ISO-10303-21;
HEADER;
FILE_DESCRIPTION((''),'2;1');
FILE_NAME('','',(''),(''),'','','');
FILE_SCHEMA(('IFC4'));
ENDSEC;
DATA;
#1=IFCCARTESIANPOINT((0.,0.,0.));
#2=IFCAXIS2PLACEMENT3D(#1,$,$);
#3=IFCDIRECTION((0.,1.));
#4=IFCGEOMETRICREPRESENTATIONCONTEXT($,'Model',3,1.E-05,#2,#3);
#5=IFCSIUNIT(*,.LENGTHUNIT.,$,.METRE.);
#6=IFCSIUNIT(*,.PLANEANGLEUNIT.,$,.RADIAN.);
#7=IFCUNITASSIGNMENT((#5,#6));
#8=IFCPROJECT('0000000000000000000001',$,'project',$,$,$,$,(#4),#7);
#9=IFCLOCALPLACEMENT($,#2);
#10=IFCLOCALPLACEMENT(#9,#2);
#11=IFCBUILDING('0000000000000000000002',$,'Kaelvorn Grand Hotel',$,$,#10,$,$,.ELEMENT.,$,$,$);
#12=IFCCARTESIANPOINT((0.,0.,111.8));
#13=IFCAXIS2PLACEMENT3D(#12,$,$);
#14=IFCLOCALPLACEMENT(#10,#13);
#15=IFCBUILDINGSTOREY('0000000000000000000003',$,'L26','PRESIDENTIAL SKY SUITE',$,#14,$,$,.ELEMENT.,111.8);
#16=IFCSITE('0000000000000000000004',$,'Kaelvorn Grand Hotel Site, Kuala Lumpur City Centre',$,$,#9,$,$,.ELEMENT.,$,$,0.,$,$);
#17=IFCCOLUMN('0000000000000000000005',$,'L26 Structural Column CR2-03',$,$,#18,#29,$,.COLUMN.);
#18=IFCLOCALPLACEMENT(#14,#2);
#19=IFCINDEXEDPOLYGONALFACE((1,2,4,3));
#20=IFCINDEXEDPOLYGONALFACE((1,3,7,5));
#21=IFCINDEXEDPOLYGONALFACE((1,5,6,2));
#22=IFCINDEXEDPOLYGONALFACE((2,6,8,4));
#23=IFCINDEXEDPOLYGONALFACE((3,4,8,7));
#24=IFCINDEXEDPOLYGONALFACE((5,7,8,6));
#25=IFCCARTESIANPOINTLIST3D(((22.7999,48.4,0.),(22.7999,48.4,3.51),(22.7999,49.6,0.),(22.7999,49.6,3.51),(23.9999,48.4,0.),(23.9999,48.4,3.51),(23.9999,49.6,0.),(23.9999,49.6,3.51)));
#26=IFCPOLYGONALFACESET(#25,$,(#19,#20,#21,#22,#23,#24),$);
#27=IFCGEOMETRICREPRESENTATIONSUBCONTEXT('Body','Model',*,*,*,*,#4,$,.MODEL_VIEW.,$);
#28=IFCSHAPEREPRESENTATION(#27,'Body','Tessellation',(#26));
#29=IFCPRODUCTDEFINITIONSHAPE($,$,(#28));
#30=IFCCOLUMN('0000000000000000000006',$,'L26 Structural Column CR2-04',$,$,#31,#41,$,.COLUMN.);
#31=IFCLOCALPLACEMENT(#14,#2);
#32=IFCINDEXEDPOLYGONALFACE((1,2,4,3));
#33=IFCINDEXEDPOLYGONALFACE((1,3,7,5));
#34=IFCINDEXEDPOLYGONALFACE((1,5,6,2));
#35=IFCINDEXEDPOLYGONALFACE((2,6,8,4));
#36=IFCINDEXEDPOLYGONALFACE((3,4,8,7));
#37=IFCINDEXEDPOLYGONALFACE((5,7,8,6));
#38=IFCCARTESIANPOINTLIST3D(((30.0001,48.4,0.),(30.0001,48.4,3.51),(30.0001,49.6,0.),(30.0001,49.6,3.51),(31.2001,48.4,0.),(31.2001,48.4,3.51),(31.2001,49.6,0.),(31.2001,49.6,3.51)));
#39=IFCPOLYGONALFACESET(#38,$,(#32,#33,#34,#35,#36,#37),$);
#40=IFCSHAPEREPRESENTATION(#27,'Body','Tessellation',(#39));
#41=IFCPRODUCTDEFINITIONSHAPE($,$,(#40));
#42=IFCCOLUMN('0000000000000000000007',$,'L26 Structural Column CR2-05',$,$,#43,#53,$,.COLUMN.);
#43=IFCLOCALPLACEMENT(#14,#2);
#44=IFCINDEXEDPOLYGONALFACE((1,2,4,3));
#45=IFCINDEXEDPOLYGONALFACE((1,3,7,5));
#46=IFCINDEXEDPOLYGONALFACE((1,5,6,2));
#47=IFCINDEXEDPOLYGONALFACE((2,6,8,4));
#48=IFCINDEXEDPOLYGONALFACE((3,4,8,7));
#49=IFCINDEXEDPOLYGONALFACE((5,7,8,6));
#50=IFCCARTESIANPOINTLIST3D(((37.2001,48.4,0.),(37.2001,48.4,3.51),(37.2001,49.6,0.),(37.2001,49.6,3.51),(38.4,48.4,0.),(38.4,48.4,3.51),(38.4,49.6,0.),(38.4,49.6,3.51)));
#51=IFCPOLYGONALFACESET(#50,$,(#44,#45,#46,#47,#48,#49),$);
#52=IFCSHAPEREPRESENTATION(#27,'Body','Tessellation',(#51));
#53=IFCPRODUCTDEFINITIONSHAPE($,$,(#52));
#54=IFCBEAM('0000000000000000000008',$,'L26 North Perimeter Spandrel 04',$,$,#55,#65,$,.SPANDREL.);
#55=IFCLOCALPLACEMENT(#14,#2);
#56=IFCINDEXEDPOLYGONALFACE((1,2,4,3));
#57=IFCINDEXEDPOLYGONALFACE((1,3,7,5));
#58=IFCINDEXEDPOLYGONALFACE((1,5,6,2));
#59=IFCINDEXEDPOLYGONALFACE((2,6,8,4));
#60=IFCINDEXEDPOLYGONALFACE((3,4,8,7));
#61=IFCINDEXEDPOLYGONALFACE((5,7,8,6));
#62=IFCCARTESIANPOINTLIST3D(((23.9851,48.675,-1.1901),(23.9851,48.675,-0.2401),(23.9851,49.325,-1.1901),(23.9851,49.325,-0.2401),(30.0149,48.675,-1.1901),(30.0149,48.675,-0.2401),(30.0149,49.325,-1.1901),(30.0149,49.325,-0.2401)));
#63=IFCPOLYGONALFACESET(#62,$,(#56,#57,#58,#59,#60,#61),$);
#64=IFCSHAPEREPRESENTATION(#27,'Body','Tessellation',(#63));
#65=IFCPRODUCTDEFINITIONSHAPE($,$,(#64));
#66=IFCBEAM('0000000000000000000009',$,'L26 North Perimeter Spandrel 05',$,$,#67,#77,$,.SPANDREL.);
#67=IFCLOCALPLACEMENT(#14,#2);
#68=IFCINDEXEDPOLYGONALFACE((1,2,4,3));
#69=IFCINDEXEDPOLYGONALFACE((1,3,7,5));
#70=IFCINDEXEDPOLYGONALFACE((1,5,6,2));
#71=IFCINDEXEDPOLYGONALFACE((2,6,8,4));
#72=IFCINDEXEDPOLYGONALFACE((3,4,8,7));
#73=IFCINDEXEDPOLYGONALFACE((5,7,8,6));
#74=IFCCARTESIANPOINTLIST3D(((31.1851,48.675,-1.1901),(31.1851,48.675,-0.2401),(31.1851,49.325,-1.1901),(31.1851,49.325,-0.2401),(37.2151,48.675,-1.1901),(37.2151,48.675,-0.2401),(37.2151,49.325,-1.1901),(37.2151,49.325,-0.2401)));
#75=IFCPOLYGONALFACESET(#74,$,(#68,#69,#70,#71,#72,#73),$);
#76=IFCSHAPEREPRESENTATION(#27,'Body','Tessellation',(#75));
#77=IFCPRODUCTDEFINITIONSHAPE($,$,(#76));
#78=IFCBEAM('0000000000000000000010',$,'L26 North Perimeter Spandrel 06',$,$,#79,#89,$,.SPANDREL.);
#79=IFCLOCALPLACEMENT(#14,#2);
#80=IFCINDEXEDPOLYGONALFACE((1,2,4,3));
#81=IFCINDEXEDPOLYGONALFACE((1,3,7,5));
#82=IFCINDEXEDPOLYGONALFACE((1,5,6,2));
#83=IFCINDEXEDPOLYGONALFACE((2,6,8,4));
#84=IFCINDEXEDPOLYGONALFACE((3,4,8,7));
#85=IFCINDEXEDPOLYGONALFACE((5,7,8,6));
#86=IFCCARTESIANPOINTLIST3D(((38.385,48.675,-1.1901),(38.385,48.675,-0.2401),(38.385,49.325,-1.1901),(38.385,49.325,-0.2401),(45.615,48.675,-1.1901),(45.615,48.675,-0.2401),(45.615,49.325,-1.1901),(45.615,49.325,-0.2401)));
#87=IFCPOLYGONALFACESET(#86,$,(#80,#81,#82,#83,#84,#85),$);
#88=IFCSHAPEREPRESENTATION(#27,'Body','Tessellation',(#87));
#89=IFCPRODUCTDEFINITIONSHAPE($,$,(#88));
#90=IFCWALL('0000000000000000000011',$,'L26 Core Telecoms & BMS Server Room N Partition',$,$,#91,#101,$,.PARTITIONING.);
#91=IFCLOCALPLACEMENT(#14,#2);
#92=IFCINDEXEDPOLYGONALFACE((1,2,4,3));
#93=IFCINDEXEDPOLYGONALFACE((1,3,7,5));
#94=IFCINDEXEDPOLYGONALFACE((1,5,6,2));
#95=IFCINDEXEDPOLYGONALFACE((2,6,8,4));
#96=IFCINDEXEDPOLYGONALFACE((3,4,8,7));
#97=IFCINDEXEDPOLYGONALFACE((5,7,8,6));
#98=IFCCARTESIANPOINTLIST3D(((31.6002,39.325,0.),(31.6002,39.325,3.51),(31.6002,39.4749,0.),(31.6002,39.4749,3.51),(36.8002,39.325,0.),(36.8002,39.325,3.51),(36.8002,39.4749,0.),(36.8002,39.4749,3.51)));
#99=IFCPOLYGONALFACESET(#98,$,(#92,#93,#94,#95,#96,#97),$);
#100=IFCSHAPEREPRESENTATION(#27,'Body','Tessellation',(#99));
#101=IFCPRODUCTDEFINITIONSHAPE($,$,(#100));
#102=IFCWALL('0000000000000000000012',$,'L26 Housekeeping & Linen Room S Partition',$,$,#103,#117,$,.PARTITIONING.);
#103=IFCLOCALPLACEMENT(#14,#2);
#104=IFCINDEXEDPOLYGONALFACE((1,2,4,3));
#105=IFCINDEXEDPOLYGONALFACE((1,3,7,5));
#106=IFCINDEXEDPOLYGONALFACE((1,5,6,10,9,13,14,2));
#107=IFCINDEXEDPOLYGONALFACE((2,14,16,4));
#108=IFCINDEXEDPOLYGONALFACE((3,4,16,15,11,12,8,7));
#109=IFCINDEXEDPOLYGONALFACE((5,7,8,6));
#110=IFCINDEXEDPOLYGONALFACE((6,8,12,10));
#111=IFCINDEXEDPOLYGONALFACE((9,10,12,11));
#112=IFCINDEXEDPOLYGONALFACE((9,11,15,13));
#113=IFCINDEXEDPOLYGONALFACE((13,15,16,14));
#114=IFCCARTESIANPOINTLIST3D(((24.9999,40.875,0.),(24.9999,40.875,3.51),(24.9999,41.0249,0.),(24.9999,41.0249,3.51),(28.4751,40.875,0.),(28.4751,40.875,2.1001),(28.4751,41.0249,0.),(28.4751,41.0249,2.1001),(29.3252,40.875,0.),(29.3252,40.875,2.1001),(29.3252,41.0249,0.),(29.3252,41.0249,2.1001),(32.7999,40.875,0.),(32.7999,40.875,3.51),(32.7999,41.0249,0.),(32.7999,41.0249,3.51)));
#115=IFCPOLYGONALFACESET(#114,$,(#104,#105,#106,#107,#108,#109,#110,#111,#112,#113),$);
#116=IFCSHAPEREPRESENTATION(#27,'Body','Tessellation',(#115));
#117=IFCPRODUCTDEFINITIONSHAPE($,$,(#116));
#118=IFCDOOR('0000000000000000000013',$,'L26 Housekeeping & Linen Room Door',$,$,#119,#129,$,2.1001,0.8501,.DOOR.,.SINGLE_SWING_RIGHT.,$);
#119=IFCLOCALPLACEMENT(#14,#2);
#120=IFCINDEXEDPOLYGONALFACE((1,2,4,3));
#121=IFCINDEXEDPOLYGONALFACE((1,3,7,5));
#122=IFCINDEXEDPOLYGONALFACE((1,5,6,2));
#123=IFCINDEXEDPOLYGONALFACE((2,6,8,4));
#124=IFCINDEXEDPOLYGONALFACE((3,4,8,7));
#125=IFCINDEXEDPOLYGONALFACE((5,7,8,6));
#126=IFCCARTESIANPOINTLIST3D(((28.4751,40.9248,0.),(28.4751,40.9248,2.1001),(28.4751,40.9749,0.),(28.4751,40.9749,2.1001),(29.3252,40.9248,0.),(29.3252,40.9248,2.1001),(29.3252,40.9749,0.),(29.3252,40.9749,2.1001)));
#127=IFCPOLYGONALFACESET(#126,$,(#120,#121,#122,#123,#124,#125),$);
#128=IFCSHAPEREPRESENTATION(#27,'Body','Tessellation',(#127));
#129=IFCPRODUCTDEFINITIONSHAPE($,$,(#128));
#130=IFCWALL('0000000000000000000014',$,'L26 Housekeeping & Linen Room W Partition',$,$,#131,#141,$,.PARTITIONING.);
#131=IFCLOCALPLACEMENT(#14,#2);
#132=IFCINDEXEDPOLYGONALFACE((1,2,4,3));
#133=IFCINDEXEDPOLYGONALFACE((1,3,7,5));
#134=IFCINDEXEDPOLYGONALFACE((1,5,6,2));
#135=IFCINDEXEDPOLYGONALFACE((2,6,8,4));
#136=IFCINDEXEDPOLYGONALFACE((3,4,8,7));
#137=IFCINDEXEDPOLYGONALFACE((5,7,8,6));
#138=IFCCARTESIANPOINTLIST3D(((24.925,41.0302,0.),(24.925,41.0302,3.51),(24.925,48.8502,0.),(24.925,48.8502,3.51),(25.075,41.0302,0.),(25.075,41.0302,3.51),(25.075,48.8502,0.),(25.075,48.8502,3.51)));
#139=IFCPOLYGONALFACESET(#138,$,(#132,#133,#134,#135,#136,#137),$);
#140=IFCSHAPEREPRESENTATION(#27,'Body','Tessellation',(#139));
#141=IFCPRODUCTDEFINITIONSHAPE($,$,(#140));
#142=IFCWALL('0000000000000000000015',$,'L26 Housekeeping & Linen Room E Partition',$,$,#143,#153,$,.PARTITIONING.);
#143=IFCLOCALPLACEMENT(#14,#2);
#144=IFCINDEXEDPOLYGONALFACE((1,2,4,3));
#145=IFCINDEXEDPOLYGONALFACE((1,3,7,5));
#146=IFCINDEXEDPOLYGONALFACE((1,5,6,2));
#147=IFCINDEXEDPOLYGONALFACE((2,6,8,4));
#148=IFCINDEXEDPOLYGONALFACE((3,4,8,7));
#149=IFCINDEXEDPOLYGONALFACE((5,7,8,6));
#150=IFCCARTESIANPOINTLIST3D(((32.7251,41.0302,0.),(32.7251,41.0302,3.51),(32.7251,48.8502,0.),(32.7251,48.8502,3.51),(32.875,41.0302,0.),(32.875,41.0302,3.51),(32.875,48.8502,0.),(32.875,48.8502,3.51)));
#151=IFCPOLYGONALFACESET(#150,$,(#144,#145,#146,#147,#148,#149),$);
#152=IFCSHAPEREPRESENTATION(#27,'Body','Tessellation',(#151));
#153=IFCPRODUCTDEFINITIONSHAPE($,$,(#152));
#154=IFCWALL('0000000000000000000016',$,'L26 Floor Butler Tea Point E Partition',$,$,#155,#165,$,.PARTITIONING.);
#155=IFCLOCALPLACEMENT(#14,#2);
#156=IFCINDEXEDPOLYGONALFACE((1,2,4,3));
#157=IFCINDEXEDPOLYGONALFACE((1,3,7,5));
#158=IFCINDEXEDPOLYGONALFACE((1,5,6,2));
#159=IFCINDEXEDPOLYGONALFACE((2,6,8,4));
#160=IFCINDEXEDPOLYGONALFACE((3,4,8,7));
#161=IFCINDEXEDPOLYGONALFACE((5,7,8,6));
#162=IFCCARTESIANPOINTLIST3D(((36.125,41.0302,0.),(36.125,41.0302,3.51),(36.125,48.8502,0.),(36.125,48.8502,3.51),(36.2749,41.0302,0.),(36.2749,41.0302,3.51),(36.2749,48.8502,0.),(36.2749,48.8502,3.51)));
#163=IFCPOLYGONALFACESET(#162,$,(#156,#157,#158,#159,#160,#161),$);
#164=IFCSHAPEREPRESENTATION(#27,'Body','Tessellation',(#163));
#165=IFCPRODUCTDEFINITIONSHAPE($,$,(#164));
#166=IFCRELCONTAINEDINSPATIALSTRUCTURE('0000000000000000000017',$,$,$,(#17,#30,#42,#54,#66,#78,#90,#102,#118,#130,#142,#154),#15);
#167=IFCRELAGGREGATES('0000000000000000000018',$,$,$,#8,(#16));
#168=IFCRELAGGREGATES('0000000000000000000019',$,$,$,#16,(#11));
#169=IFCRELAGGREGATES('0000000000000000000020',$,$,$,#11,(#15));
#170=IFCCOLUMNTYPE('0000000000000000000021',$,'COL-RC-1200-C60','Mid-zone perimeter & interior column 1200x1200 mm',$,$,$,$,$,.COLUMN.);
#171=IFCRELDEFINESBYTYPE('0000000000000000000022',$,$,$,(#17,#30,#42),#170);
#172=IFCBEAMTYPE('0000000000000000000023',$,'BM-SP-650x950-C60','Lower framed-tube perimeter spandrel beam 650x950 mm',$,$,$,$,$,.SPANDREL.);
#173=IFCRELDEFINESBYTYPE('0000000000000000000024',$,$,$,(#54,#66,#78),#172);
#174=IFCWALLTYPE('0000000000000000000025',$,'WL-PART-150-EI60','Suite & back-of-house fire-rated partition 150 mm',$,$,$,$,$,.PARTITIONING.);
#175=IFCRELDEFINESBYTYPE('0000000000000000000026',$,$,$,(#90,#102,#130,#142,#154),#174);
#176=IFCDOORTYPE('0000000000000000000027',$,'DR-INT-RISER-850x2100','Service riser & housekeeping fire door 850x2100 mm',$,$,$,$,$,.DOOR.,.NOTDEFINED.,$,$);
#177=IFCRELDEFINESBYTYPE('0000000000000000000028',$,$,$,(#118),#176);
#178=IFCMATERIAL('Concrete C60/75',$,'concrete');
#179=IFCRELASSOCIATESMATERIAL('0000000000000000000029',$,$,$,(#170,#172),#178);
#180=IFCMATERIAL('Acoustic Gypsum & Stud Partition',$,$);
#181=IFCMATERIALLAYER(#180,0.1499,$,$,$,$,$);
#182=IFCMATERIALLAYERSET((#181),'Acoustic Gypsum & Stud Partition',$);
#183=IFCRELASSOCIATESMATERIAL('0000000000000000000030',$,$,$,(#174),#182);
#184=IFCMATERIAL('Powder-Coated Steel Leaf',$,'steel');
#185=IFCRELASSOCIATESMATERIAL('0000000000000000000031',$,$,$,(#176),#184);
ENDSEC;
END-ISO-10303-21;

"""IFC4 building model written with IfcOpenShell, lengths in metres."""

from ifc_helpers import new_model, si_unit, direction, frame, frame_2d, origin, origin_2d, place, context, subcontext, project, spatial, rectangle, extrude, material, layer, layer_set, material_profile, profile_set, type_object, element, fill, save


model = new_model("IFC4")

# Units and contexts
model_context = context("Model", 3, precision=1e-05, world=origin(), true_north=direction((0.0, 1.0)))
body_context = subcontext(model_context, "Body", "Model", "MODEL_VIEW")
ifc_project = project(units=[si_unit("LENGTHUNIT", "METRE"), si_unit("PLANEANGLEUNIT", "RADIAN")], contexts=[model_context])

# Site, building, storey
site_placement = place(None, origin())
site = spatial("IfcSite", under=ifc_project, at=site_placement, Name="Kaelvorn Grand Hotel Site, Kuala Lumpur City Centre", CompositionType="ELEMENT", RefElevation=0.0)
building_placement = place(site_placement, origin())
building = spatial("IfcBuilding", under=site, at=building_placement, Name="Kaelvorn Grand Hotel", CompositionType="ELEMENT")
storey_placement = place(building_placement, frame((0.0, 0.0, 111.8)))
storey = spatial("IfcBuildingStorey", under=building, at=storey_placement, Name="L26", Description="PRESIDENTIAL SKY SUITE", CompositionType="ELEMENT", Elevation=111.8)

# Columns
ifc_material_1 = material(Name="Concrete C60/75", Category="concrete")
ifc_material_profile_1 = material_profile(ifc_material_1, rectangle(XDim=1.2, YDim=1.2, at=origin_2d()), Name="RC COL 1200x1200")
ifc_profile_set_1 = profile_set([ifc_material_profile_1], Name="Concrete C60/75")
column_type = type_object("IfcColumnType", Name="COL-RC-1200-C60", Description="Mid-zone perimeter & interior column 1200x1200 mm", PredefinedType="COLUMN", material=ifc_profile_set_1)
for number, where, z_axis, x_axis, name in (
    (1, (23.3999, 49.0, 0.0), (0.0, 0.0, 1.0), (1.0, 0.0, 0.0), "L26 Structural Column CR2-03"),
    (2, (30.6001, 49.0, 0.0), (0.0, 0.0, 1.0), (1.0, 0.0, 0.0), "L26 Structural Column CR2-04"),
    (3, (37.8, 49.0, 0.0), (0.0, 0.0, 1.0), (1.0, 0.0, 0.0), "L26 Structural Column CR2-05"),
):
    element("IfcColumn", number, at=place(storey_placement, frame(where, z_axis=z_axis, x_axis=x_axis)), inside=storey, type_object=column_type, Name=name, PredefinedType="COLUMN", context=body_context, shape_type="SweptSolid", body=[
        extrude(rectangle(XDim=1.2, YDim=1.2, at=origin_2d()), origin(), (0.0, 0.0, 1.0), 3.51),
    ])

# Beams
ifc_material_profile_2 = material_profile(ifc_material_1, rectangle(XDim=0.6499, YDim=0.95, at=origin_2d()), Name="RC SPANDREL 650x950")
ifc_profile_set_2 = profile_set([ifc_material_profile_2], Name="Concrete C60/75")
beam_type = type_object("IfcBeamType", Name="BM-SP-650x950-C60", Description="Lower framed-tube perimeter spandrel beam 650x950 mm", PredefinedType="SPANDREL", material=ifc_profile_set_2)
beam_1_placement = place(storey_placement, frame((23.9851, 49.0, -0.7151), z_axis=(1.0, 0.0, 0.0), x_axis=(0.0, 1.0, 0.0)))
element("IfcBeam", 4, at=beam_1_placement, inside=storey, type_object=beam_type, Name="L26 North Perimeter Spandrel 04", PredefinedType="SPANDREL", context=body_context, shape_type="SweptSolid", body=[
    extrude(rectangle(XDim=0.6499, YDim=0.95, at=origin_2d()), origin(), (0.0, 0.0, 1.0), 6.0298),
])
beam_2_placement = place(storey_placement, frame((31.1851, 49.0, -0.7151), z_axis=(1.0, 0.0, 0.0), x_axis=(0.0, 1.0, 0.0)))
element("IfcBeam", 5, at=beam_2_placement, inside=storey, type_object=beam_type, Name="L26 North Perimeter Spandrel 05", PredefinedType="SPANDREL", context=body_context, shape_type="SweptSolid", body=[
    extrude(rectangle(XDim=0.6499, YDim=0.95, at=origin_2d()), origin(), (0.0, 0.0, 1.0), 6.03),
])
beam_3_placement = place(storey_placement, frame((38.385, 49.0, -0.7151), z_axis=(1.0, 0.0, 0.0), x_axis=(0.0, 1.0, 0.0)))
element("IfcBeam", 6, at=beam_3_placement, inside=storey, type_object=beam_type, Name="L26 North Perimeter Spandrel 06", PredefinedType="SPANDREL", context=body_context, shape_type="SweptSolid", body=[
    extrude(rectangle(XDim=0.6499, YDim=0.95, at=origin_2d()), origin(), (0.0, 0.0, 1.0), 7.23),
])

# Wall
ifc_material_2 = material(Name="Acoustic Gypsum & Stud Partition")
ifc_layer_1 = layer(ifc_material_2, 0.1499)
ifc_layer_set_1 = layer_set([ifc_layer_1], Name="Acoustic Gypsum & Stud Partition")
wall_type_1 = type_object("IfcWallType", Name="WL-PART-150-EI60", Description="Suite & back-of-house fire-rated partition 150 mm", PredefinedType="PARTITIONING", material=ifc_layer_set_1)
wall_1_placement = place(storey_placement, frame((31.6001, 39.3999, 0.0), z_axis=(0.0, 0.0, 1.0), x_axis=(1.0, 0.0, 0.0)))
element("IfcWall", 7, at=wall_1_placement, inside=storey, type_object=wall_type_1, Name="L26 Core Telecoms & BMS Server Room N Partition", PredefinedType="PARTITIONING", context=body_context, shape_type="SweptSolid", body=[
    extrude(rectangle(XDim=5.2, YDim=0.1499, at=frame_2d((2.6001, 0.0))), origin(), (0.0, 0.0, 1.0), 3.51),
])

# Wall, opening, door
wall_2_placement = place(storey_placement, frame((25.0, 40.95, 0.0), z_axis=(0.0, 0.0, 1.0), x_axis=(1.0, 0.0, 0.0)))
wall_2 = element("IfcWall", 8, at=wall_2_placement, inside=storey, type_object=wall_type_1, Name="L26 Housekeeping & Linen Room S Partition", PredefinedType="PARTITIONING", context=body_context, shape_type="SweptSolid", body=[
    extrude(rectangle(XDim=7.8, YDim=0.1499, at=frame_2d((3.8999, 0.0))), origin(), (0.0, 0.0, 1.0), 3.51),
])
opening_1_placement = place(wall_2_placement, frame((3.4751, 0.0, 0.0)))
opening_1 = element("IfcOpeningElement", 9, at=opening_1_placement, cuts=wall_2, PredefinedType="OPENING", context=body_context, shape_type="SweptSolid", body=[
    extrude(rectangle(XDim=0.8501, YDim=2.1001, at=frame_2d((0.425, 1.05))), frame((0.0, 0.085, 0.0), z_axis=(0.0, -1.0, 0.0), x_axis=(1.0, 0.0, 0.0)), (0.0, 0.0, 1.0), 0.1699),
])
ifc_material_3 = material(Name="Powder-Coated Steel Leaf", Category="steel")
door_type_1 = type_object("IfcDoorType", Name="DR-INT-RISER-850x2100", Description="Service riser & housekeeping fire door 850x2100 mm", OperationType="NOTDEFINED", PredefinedType="DOOR", material=ifc_material_3)
door_1_placement = place(opening_1_placement, origin())
door_1 = element("IfcDoor", 10, at=door_1_placement, inside=storey, type_object=door_type_1, Name="L26 Housekeeping & Linen Room Door", OperationType="SINGLE_SWING_RIGHT", OverallHeight=2.1001, OverallWidth=0.8501, PredefinedType="DOOR", context=body_context, shape_type="SweptSolid", body=[
    extrude(rectangle(XDim=0.8501, YDim=2.1001, at=frame_2d((0.425, 1.05))), frame((0.0, 0.0249, 0.0), z_axis=(0.0, -1.0, 0.0), x_axis=(1.0, 0.0, 0.0)), (0.0, 0.0, 1.0), 0.05),
])
fill(opening_1, door_1)

# Walls
for number, where, z_axis, x_axis, name in (
    (11, (25.0, 41.03, 0.0), (0.0, 0.0, 1.0), (0.0, 1.0, 0.0), "L26 Housekeeping & Linen Room W Partition"),
    (12, (32.8, 41.03, 0.0), (0.0, 0.0, 1.0), (0.0, 1.0, 0.0), "L26 Housekeeping & Linen Room E Partition"),
):
    element("IfcWall", number, at=place(storey_placement, frame(where, z_axis=z_axis, x_axis=x_axis)), inside=storey, type_object=wall_type_1, Name=name, PredefinedType="PARTITIONING", context=body_context, shape_type="SweptSolid", body=[
        extrude(rectangle(XDim=7.8201, YDim=0.1499, at=frame_2d((3.9102, 0.0))), origin(), (0.0, 0.0, 1.0), 3.51),
    ])

# Wall
wall_3_placement = place(storey_placement, frame((36.2, 41.03, 0.0), z_axis=(0.0, 0.0, 1.0), x_axis=(0.0, 1.0, 0.0)))
element("IfcWall", 13, at=wall_3_placement, inside=storey, type_object=wall_type_1, Name="L26 Floor Butler Tea Point E Partition", PredefinedType="PARTITIONING", context=body_context, shape_type="SweptSolid", body=[
    extrude(rectangle(XDim=7.8201, YDim=0.1499, at=frame_2d((3.9102, 0.0))), origin(), (0.0, 0.0, 1.0), 3.51),
])

save(model, "model.ifc")
